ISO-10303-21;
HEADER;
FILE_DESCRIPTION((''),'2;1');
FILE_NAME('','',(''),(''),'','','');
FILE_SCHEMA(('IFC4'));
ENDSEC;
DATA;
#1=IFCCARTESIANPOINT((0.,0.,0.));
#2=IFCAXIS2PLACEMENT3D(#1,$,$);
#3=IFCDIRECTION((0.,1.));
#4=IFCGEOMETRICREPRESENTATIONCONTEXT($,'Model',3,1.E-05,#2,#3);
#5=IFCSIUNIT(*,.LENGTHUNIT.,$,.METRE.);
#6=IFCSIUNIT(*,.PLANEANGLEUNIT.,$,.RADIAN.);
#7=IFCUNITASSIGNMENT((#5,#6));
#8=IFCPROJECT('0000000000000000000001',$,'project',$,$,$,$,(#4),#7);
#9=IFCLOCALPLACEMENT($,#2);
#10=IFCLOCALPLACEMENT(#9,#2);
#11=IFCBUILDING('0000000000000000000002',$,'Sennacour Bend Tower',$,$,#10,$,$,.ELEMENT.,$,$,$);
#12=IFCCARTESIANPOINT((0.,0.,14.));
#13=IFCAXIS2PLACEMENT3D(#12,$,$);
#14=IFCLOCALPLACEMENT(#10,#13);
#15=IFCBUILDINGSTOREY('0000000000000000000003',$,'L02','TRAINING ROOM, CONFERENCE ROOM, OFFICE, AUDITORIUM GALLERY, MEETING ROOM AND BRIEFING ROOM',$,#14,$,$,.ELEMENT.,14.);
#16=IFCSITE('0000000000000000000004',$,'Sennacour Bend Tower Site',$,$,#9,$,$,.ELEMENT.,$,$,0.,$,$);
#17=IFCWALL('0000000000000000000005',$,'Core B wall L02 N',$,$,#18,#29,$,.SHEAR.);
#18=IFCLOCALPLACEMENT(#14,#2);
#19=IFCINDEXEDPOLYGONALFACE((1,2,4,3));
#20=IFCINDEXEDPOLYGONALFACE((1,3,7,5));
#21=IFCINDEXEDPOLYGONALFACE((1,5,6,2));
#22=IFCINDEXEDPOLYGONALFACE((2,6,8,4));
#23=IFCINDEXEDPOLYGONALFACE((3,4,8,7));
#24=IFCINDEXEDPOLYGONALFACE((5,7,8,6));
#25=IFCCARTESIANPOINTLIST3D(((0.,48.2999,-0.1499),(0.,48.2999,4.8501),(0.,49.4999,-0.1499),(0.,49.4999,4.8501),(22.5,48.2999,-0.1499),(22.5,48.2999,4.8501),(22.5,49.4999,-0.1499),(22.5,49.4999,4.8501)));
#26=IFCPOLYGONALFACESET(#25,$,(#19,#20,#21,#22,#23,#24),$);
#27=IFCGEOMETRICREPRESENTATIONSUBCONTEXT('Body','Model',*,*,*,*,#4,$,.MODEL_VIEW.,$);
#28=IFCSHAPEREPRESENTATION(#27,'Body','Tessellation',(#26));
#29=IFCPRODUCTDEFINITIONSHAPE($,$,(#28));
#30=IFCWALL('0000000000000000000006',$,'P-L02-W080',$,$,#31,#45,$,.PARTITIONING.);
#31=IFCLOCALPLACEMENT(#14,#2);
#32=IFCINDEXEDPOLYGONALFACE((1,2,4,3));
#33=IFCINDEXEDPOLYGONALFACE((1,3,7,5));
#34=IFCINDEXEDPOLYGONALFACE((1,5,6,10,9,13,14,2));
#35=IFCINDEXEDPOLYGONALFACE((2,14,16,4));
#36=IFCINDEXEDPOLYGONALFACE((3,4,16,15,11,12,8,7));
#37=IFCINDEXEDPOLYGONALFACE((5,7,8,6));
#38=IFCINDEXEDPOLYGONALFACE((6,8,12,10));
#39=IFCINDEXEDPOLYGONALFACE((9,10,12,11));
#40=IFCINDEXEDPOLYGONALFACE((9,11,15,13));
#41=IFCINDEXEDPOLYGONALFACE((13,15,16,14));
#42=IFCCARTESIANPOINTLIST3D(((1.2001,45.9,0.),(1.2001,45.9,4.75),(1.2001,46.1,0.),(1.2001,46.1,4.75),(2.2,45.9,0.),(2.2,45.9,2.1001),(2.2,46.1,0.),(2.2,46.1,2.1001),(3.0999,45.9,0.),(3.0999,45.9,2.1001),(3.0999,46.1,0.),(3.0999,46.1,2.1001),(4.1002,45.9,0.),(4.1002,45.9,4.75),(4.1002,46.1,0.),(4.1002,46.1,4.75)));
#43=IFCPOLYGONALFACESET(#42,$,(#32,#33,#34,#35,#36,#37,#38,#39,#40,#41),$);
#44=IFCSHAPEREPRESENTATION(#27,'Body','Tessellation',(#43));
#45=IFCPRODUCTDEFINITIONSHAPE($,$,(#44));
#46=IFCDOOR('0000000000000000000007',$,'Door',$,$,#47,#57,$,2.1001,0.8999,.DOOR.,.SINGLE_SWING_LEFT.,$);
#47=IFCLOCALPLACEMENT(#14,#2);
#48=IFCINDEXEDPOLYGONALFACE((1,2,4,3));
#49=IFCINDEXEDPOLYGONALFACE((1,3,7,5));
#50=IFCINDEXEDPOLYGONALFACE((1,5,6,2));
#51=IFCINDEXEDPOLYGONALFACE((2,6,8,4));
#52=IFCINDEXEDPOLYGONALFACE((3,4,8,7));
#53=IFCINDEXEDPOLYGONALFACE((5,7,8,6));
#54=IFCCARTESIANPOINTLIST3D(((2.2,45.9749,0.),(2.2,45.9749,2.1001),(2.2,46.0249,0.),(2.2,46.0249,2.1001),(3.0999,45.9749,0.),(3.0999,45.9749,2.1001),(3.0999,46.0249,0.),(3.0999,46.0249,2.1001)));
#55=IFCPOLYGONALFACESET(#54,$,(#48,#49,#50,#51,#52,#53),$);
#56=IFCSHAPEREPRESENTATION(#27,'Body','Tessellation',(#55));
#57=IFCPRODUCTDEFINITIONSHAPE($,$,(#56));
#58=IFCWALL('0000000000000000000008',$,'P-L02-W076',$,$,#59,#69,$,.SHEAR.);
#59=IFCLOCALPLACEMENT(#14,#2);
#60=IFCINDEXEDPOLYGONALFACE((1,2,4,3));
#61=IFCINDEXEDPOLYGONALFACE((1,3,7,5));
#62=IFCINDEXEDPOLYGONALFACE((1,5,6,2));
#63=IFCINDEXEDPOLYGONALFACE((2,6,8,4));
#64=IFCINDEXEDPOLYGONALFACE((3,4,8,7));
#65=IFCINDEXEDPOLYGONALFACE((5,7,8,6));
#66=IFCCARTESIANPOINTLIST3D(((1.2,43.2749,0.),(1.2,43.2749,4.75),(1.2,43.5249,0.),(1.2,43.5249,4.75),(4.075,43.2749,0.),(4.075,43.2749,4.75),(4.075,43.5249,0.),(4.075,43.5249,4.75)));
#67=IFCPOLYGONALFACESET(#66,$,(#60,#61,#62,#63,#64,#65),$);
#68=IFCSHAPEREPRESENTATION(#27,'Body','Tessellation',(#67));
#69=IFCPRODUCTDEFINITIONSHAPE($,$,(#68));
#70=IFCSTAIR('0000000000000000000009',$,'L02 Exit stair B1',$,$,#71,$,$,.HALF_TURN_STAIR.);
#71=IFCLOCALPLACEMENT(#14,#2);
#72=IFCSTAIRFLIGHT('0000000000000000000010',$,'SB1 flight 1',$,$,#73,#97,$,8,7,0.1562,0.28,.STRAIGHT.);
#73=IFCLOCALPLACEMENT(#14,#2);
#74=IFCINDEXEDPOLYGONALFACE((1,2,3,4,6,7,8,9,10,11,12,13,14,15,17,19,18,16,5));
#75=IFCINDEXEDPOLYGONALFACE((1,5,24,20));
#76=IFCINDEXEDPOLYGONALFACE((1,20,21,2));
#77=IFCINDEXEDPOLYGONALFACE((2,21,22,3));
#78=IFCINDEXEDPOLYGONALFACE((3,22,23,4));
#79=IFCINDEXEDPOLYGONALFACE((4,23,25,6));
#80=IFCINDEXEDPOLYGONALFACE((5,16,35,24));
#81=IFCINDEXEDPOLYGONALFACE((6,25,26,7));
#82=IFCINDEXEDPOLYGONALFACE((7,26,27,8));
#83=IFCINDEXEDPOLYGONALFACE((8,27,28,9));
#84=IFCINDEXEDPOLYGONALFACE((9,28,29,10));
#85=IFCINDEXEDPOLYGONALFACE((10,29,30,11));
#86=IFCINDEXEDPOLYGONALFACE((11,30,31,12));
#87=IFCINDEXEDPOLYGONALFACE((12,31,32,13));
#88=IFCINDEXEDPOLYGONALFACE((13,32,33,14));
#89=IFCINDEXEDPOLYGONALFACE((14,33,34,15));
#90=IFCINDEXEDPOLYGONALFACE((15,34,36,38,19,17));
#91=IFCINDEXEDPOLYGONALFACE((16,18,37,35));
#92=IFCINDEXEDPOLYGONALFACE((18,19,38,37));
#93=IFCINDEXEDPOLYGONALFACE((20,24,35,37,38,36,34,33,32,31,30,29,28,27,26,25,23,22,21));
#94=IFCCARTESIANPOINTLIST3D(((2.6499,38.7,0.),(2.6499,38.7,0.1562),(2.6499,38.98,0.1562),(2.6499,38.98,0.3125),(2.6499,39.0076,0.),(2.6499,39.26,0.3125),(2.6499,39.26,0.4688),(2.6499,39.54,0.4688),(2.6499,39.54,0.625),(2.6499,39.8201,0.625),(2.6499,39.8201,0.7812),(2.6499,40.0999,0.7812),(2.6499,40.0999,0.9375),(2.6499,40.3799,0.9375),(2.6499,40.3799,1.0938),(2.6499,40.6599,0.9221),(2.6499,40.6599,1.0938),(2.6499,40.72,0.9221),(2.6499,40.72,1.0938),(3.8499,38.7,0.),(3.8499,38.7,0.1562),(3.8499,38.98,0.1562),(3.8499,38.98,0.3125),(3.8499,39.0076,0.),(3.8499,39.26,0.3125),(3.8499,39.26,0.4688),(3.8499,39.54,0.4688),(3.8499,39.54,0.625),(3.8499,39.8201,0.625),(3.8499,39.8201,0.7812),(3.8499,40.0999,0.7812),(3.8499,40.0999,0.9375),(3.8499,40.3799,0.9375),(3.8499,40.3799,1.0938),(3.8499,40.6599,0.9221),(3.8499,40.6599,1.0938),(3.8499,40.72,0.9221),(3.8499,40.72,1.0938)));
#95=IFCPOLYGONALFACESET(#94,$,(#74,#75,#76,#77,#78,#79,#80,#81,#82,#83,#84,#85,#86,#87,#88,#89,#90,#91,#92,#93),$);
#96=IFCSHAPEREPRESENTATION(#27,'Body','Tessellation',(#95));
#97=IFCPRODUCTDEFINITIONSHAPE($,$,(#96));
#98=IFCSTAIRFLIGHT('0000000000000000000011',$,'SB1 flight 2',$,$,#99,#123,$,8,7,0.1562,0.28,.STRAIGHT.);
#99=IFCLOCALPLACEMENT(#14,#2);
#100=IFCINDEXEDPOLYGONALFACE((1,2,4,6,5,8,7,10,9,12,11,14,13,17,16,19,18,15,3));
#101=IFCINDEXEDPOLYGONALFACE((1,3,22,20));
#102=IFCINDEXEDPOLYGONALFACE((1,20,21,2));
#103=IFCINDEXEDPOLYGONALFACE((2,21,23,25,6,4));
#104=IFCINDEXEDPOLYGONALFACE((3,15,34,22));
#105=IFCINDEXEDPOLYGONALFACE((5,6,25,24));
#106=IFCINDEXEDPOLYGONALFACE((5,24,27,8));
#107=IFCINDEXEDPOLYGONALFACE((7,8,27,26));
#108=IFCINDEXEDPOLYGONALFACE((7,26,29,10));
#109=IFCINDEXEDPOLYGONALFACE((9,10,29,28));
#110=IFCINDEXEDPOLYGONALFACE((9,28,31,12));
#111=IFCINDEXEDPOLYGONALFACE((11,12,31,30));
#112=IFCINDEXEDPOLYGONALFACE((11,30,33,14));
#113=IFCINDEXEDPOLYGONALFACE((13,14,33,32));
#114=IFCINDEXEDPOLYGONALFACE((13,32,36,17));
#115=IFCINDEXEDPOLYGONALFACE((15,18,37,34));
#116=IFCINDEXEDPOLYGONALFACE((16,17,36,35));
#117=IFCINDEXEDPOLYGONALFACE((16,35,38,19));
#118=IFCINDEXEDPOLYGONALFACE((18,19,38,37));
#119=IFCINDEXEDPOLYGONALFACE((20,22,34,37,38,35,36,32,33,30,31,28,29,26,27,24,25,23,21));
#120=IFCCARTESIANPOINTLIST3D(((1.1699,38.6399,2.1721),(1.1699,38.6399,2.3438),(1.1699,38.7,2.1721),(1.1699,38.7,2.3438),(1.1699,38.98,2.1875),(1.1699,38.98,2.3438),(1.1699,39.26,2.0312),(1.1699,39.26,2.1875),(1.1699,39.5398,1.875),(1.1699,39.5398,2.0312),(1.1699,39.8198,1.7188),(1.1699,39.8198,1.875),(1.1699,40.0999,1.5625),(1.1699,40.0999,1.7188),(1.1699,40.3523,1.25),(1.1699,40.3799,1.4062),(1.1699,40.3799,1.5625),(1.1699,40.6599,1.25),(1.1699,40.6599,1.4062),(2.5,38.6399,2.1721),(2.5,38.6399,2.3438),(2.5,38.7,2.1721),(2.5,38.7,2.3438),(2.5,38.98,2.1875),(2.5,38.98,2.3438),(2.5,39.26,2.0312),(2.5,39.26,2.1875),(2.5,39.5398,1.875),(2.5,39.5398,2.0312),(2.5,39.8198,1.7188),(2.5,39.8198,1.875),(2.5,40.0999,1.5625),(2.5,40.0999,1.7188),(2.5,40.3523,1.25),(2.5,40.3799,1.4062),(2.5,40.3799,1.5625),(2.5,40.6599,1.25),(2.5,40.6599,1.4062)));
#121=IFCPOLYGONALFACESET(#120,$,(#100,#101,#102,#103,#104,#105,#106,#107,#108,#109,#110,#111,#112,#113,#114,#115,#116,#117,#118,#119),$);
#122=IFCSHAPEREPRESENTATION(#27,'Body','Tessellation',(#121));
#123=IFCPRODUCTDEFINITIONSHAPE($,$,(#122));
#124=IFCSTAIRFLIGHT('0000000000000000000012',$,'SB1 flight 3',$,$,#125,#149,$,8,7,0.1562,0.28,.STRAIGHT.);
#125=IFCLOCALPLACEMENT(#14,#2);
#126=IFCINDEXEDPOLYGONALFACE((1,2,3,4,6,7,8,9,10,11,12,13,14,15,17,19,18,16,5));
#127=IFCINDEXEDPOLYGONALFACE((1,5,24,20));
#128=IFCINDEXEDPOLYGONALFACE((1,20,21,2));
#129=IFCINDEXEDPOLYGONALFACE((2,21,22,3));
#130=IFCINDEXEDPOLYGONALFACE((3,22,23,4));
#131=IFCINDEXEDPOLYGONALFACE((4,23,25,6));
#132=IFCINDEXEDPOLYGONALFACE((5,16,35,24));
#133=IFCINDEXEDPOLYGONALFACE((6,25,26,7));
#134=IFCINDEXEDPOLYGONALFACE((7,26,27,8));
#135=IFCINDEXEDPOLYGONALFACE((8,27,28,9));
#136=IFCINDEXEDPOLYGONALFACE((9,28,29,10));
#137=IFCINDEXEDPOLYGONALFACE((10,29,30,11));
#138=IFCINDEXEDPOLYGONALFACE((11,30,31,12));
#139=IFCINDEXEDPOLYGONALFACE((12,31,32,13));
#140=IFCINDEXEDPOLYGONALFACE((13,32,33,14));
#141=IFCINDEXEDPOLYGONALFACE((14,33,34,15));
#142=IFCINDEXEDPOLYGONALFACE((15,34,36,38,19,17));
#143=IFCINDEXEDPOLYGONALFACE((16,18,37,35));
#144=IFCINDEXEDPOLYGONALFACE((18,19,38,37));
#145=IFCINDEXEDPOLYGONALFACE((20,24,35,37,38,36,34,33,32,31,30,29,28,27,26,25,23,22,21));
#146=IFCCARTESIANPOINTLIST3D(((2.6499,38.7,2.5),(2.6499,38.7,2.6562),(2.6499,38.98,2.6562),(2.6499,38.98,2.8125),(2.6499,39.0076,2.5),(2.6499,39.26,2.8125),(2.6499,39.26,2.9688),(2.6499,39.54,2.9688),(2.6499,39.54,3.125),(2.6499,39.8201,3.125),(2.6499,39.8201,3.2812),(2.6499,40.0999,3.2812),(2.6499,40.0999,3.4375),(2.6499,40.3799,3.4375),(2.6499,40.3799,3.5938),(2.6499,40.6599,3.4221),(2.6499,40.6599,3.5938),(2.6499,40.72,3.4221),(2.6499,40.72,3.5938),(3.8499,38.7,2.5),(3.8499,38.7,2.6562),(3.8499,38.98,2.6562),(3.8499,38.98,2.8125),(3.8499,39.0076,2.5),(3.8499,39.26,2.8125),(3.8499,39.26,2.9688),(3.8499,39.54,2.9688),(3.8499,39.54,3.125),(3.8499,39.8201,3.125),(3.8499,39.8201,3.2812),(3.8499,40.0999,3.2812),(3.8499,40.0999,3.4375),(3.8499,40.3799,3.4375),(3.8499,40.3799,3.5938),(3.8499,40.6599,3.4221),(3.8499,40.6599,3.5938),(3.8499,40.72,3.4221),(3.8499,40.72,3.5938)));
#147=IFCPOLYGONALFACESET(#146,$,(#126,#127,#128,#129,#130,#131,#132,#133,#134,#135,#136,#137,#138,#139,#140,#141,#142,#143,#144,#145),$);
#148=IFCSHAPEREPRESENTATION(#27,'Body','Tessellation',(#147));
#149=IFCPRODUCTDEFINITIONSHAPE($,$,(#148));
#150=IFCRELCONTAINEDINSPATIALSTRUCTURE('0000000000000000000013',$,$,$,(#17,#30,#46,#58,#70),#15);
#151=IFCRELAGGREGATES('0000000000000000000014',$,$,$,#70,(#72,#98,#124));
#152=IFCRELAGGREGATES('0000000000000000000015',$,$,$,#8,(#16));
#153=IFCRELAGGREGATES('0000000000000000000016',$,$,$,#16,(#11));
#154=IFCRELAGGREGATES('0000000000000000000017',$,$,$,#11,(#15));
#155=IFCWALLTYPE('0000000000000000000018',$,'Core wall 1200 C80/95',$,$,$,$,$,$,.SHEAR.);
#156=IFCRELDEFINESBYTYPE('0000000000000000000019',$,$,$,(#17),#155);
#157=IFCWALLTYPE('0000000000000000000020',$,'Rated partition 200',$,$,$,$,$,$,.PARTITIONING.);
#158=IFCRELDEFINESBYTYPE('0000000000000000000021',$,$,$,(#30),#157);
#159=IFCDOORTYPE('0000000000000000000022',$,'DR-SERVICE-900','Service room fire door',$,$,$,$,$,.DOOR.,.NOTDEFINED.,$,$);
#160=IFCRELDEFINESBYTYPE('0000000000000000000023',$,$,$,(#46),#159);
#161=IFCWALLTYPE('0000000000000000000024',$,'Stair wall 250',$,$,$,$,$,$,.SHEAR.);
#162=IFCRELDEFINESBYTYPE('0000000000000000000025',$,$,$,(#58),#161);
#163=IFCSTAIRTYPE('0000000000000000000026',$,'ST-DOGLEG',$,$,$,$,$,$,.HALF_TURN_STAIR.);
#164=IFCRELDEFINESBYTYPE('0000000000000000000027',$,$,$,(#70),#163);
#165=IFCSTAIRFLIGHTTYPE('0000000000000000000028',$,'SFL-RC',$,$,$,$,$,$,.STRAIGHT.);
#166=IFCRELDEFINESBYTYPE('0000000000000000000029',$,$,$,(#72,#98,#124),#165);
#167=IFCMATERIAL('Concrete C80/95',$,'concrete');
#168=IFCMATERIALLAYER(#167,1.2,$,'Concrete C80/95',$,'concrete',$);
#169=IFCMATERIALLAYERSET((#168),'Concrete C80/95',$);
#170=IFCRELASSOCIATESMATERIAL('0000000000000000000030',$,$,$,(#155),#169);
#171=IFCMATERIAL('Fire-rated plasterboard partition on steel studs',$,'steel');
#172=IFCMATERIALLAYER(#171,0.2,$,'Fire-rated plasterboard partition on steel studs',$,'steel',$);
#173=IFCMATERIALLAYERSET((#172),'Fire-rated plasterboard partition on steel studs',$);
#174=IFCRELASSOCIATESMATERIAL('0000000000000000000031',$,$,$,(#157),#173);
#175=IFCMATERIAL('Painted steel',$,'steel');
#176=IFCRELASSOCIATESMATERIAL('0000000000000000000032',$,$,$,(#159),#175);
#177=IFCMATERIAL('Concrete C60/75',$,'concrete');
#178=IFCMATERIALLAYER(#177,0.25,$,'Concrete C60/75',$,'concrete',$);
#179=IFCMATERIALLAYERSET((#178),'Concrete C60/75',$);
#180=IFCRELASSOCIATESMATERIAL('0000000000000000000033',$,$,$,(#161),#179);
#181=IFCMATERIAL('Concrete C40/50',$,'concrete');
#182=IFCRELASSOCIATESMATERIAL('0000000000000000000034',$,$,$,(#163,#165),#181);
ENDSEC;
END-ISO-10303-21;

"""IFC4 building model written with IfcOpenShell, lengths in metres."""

from ifc_helpers import new_model, si_unit, direction, frame, frame_2d, origin, place, context, subcontext, project, spatial, polyline, rectangle, outline, extrude, material, layer, layer_set, type_object, element, fill, aggregate, save


model = new_model("IFC4")

# Units and contexts
model_context = context("Model", 3, precision=1e-05, world=origin(), true_north=direction((0.0, 1.0)))
body_context = subcontext(model_context, "Body", "Model", "MODEL_VIEW")
ifc_project = project(units=[si_unit("LENGTHUNIT", "METRE"), si_unit("PLANEANGLEUNIT", "RADIAN")], contexts=[model_context])

# Site, building, storey
site_placement = place(None, origin())
site = spatial("IfcSite", under=ifc_project, at=site_placement, Name="Sennacour Bend Tower Site", CompositionType="ELEMENT", RefElevation=0.0)
building_placement = place(site_placement, origin())
building = spatial("IfcBuilding", under=site, at=building_placement, Name="Sennacour Bend Tower", CompositionType="ELEMENT")
storey_placement = place(building_placement, frame((0.0, 0.0, 14.0)))
storey = spatial("IfcBuildingStorey", under=building, at=storey_placement, Name="L02", Description="TRAINING ROOM, CONFERENCE ROOM, OFFICE, AUDITORIUM GALLERY, MEETING ROOM AND BRIEFING ROOM", CompositionType="ELEMENT", Elevation=14.0)

# Wall
ifc_material_1 = material(Name="Concrete C80/95", Category="concrete")
ifc_layer_1 = layer(ifc_material_1, 1.2, Name="Concrete C80/95", Category="concrete")
ifc_layer_set_1 = layer_set([ifc_layer_1], Name="Concrete C80/95")
wall_type_1 = type_object("IfcWallType", Name="Core wall 1200 C80/95", PredefinedType="SHEAR", material=ifc_layer_set_1)
wall_1_placement = place(storey_placement, frame((0.0, 48.8999, -0.1499), z_axis=(0.0, 0.0, 1.0), x_axis=(1.0, 0.0, 0.0)))
element("IfcWall", 1, at=wall_1_placement, inside=storey, type_object=wall_type_1, Name="Core B wall L02 N", PredefinedType="SHEAR", context=body_context, shape_type="SweptSolid", body=[
    extrude(rectangle(XDim=22.5, YDim=1.2, at=frame_2d((11.25, 0.0))), origin(), (0.0, 0.0, 1.0), 5.0),
])

# Wall, opening, door
ifc_material_2 = material(Name="Fire-rated plasterboard partition on steel studs", Category="steel")
ifc_layer_2 = layer(ifc_material_2, 0.2, Name="Fire-rated plasterboard partition on steel studs", Category="steel")
ifc_layer_set_2 = layer_set([ifc_layer_2], Name="Fire-rated plasterboard partition on steel studs")
wall_type_2 = type_object("IfcWallType", Name="Rated partition 200", PredefinedType="PARTITIONING", material=ifc_layer_set_2)
wall_2_placement = place(storey_placement, frame((1.2, 46.0, 0.0), z_axis=(0.0, 0.0, 1.0), x_axis=(1.0, 0.0, 0.0)))
wall_2 = element("IfcWall", 2, at=wall_2_placement, inside=storey, type_object=wall_type_2, Name="P-L02-W080", PredefinedType="PARTITIONING", context=body_context, shape_type="SweptSolid", body=[
    extrude(rectangle(XDim=2.9001, YDim=0.2, at=frame_2d((1.4502, 0.0))), origin(), (0.0, 0.0, 1.0), 4.75),
])
opening_placement = place(wall_2_placement, frame((1.0, 0.0, 0.0)))
opening = element("IfcOpeningElement", 3, at=opening_placement, cuts=wall_2, PredefinedType="OPENING", context=body_context, shape_type="SweptSolid", body=[
    extrude(rectangle(XDim=0.8999, YDim=2.1001, at=frame_2d((0.45, 1.05))), frame((0.0, 0.1099, 0.0), z_axis=(0.0, -1.0, 0.0), x_axis=(1.0, 0.0, 0.0)), (0.0, 0.0, 1.0), 0.22),
])
ifc_material_3 = material(Name="Painted steel", Category="steel")
door_type = type_object("IfcDoorType", Name="DR-SERVICE-900", Description="Service room fire door", OperationType="NOTDEFINED", PredefinedType="DOOR", material=ifc_material_3)
door_placement = place(opening_placement, origin())
door = element("IfcDoor", 4, at=door_placement, inside=storey, type_object=door_type, Name="Door", OperationType="SINGLE_SWING_LEFT", OverallHeight=2.1001, OverallWidth=0.8999, PredefinedType="DOOR", context=body_context, shape_type="SweptSolid", body=[
    extrude(rectangle(XDim=0.8999, YDim=2.1001, at=frame_2d((0.45, 1.05))), frame((0.0, 0.0249, 0.0), z_axis=(0.0, -1.0, 0.0), x_axis=(1.0, 0.0, 0.0)), (0.0, 0.0, 1.0), 0.05),
])
fill(opening, door)

# Wall
ifc_material_4 = material(Name="Concrete C60/75", Category="concrete")
ifc_layer_3 = layer(ifc_material_4, 0.25, Name="Concrete C60/75", Category="concrete")
ifc_layer_set_3 = layer_set([ifc_layer_3], Name="Concrete C60/75")
wall_type_3 = type_object("IfcWallType", Name="Stair wall 250", PredefinedType="SHEAR", material=ifc_layer_set_3)
wall_3_placement = place(storey_placement, frame((1.2, 43.3999, 0.0), z_axis=(0.0, 0.0, 1.0), x_axis=(1.0, 0.0, 0.0)))
element("IfcWall", 5, at=wall_3_placement, inside=storey, type_object=wall_type_3, Name="P-L02-W076", PredefinedType="SHEAR", context=body_context, shape_type="SweptSolid", body=[
    extrude(rectangle(XDim=2.875, YDim=0.25, at=frame_2d((1.4375, 0.0))), origin(), (0.0, 0.0, 1.0), 4.75),
])

# Stair, stair flights
ifc_material_5 = material(Name="Concrete C40/50", Category="concrete")
stair_type = type_object("IfcStairType", Name="ST-DOGLEG", PredefinedType="HALF_TURN_STAIR", material=ifc_material_5)
stair_placement = place(storey_placement, origin())
stair = element("IfcStair", 6, at=stair_placement, inside=storey, type_object=stair_type, Name="L02 Exit stair B1", PredefinedType="HALF_TURN_STAIR")
stair_flight_type = type_object("IfcStairFlightType", Name="SFL-RC", PredefinedType="STRAIGHT", material=ifc_material_5)
stair_flight_1_placement = place(storey_placement, frame((3.25, 38.7, 0.0), z_axis=(0.0, 0.0, 1.0), x_axis=(0.0, 1.0, 0.0)))
stair_flight_1 = element("IfcStairFlight", 7, at=stair_flight_1_placement, type_object=stair_flight_type, Name="SB1 flight 1", NumberOfRisers=8, NumberOfTreads=7, PredefinedType="STRAIGHT", RiserHeight=0.1562, TreadLength=0.28, context=body_context, shape_type="SweptSolid", body=[
    extrude(outline(polyline([(0.0, 0.0), (0.0, 0.1562), (0.28, 0.1562), (0.28, 0.3125), (0.5601, 0.3125), (0.5601, 0.4688), (0.8401, 0.4688), (0.8401, 0.625), (1.1201, 0.625), (1.1201, 0.7812), (1.3999, 0.7812), (1.3999, 0.9375), (1.6799, 0.9375), (1.6799, 1.0938), (1.96, 1.0938), (2.02, 1.0938), (2.02, 0.9221), (1.96, 0.9221), (0.3076, 0.0), (0.0, 0.0)])), frame((0.0, 0.6001, 0.0), z_axis=(0.0, -1.0, 0.0), x_axis=(1.0, 0.0, 0.0)), (0.0, 0.0, 1.0), 1.2),
])
stair_flight_2_placement = place(storey_placement, frame((1.835, 40.6599, 1.25), z_axis=(0.0, 0.0, 1.0), x_axis=(0.0, -1.0, 0.0)))
stair_flight_2 = element("IfcStairFlight", 8, at=stair_flight_2_placement, type_object=stair_flight_type, Name="SB1 flight 2", NumberOfRisers=8, NumberOfTreads=7, PredefinedType="STRAIGHT", RiserHeight=0.1562, TreadLength=0.28, context=body_context, shape_type="SweptSolid", body=[
    extrude(outline(polyline([(0.0, 0.0), (0.0, 0.1562), (0.28, 0.1562), (0.28, 0.3125), (0.5601, 0.3125), (0.5601, 0.4688), (0.8401, 0.4688), (0.8401, 0.625), (1.1201, 0.625), (1.1201, 0.7812), (1.3999, 0.7812), (1.3999, 0.9375), (1.6799, 0.9375), (1.6799, 1.0938), (1.96, 1.0938), (2.02, 1.0938), (2.02, 0.9221), (1.96, 0.9221), (0.3076, 0.0), (0.0, 0.0)])), frame((0.0, 0.665, 0.0), z_axis=(0.0, -1.0, 0.0), x_axis=(1.0, 0.0, 0.0)), (0.0, 0.0, 1.0), 1.3301),
])
stair_flight_3_placement = place(storey_placement, frame((3.25, 38.7, 2.5), z_axis=(0.0, 0.0, 1.0), x_axis=(0.0, 1.0, 0.0)))
stair_flight_3 = element("IfcStairFlight", 9, at=stair_flight_3_placement, type_object=stair_flight_type, Name="SB1 flight 3", NumberOfRisers=8, NumberOfTreads=7, PredefinedType="STRAIGHT", RiserHeight=0.1562, TreadLength=0.28, context=body_context, shape_type="SweptSolid", body=[
    extrude(outline(polyline([(0.0, 0.0), (0.0, 0.1562), (0.28, 0.1562), (0.28, 0.3125), (0.5601, 0.3125), (0.5601, 0.4688), (0.8401, 0.4688), (0.8401, 0.625), (1.1201, 0.625), (1.1201, 0.7812), (1.3999, 0.7812), (1.3999, 0.9375), (1.6799, 0.9375), (1.6799, 1.0938), (1.96, 1.0938), (2.02, 1.0938), (2.02, 0.9221), (1.96, 0.9221), (0.3076, 0.0), (0.0, 0.0)])), frame((0.0, 0.6001, 0.0), z_axis=(0.0, -1.0, 0.0), x_axis=(1.0, 0.0, 0.0)), (0.0, 0.0, 1.0), 1.2),
])
aggregate(stair, [stair_flight_1, stair_flight_2, stair_flight_3])

save(model, "model.ifc")
